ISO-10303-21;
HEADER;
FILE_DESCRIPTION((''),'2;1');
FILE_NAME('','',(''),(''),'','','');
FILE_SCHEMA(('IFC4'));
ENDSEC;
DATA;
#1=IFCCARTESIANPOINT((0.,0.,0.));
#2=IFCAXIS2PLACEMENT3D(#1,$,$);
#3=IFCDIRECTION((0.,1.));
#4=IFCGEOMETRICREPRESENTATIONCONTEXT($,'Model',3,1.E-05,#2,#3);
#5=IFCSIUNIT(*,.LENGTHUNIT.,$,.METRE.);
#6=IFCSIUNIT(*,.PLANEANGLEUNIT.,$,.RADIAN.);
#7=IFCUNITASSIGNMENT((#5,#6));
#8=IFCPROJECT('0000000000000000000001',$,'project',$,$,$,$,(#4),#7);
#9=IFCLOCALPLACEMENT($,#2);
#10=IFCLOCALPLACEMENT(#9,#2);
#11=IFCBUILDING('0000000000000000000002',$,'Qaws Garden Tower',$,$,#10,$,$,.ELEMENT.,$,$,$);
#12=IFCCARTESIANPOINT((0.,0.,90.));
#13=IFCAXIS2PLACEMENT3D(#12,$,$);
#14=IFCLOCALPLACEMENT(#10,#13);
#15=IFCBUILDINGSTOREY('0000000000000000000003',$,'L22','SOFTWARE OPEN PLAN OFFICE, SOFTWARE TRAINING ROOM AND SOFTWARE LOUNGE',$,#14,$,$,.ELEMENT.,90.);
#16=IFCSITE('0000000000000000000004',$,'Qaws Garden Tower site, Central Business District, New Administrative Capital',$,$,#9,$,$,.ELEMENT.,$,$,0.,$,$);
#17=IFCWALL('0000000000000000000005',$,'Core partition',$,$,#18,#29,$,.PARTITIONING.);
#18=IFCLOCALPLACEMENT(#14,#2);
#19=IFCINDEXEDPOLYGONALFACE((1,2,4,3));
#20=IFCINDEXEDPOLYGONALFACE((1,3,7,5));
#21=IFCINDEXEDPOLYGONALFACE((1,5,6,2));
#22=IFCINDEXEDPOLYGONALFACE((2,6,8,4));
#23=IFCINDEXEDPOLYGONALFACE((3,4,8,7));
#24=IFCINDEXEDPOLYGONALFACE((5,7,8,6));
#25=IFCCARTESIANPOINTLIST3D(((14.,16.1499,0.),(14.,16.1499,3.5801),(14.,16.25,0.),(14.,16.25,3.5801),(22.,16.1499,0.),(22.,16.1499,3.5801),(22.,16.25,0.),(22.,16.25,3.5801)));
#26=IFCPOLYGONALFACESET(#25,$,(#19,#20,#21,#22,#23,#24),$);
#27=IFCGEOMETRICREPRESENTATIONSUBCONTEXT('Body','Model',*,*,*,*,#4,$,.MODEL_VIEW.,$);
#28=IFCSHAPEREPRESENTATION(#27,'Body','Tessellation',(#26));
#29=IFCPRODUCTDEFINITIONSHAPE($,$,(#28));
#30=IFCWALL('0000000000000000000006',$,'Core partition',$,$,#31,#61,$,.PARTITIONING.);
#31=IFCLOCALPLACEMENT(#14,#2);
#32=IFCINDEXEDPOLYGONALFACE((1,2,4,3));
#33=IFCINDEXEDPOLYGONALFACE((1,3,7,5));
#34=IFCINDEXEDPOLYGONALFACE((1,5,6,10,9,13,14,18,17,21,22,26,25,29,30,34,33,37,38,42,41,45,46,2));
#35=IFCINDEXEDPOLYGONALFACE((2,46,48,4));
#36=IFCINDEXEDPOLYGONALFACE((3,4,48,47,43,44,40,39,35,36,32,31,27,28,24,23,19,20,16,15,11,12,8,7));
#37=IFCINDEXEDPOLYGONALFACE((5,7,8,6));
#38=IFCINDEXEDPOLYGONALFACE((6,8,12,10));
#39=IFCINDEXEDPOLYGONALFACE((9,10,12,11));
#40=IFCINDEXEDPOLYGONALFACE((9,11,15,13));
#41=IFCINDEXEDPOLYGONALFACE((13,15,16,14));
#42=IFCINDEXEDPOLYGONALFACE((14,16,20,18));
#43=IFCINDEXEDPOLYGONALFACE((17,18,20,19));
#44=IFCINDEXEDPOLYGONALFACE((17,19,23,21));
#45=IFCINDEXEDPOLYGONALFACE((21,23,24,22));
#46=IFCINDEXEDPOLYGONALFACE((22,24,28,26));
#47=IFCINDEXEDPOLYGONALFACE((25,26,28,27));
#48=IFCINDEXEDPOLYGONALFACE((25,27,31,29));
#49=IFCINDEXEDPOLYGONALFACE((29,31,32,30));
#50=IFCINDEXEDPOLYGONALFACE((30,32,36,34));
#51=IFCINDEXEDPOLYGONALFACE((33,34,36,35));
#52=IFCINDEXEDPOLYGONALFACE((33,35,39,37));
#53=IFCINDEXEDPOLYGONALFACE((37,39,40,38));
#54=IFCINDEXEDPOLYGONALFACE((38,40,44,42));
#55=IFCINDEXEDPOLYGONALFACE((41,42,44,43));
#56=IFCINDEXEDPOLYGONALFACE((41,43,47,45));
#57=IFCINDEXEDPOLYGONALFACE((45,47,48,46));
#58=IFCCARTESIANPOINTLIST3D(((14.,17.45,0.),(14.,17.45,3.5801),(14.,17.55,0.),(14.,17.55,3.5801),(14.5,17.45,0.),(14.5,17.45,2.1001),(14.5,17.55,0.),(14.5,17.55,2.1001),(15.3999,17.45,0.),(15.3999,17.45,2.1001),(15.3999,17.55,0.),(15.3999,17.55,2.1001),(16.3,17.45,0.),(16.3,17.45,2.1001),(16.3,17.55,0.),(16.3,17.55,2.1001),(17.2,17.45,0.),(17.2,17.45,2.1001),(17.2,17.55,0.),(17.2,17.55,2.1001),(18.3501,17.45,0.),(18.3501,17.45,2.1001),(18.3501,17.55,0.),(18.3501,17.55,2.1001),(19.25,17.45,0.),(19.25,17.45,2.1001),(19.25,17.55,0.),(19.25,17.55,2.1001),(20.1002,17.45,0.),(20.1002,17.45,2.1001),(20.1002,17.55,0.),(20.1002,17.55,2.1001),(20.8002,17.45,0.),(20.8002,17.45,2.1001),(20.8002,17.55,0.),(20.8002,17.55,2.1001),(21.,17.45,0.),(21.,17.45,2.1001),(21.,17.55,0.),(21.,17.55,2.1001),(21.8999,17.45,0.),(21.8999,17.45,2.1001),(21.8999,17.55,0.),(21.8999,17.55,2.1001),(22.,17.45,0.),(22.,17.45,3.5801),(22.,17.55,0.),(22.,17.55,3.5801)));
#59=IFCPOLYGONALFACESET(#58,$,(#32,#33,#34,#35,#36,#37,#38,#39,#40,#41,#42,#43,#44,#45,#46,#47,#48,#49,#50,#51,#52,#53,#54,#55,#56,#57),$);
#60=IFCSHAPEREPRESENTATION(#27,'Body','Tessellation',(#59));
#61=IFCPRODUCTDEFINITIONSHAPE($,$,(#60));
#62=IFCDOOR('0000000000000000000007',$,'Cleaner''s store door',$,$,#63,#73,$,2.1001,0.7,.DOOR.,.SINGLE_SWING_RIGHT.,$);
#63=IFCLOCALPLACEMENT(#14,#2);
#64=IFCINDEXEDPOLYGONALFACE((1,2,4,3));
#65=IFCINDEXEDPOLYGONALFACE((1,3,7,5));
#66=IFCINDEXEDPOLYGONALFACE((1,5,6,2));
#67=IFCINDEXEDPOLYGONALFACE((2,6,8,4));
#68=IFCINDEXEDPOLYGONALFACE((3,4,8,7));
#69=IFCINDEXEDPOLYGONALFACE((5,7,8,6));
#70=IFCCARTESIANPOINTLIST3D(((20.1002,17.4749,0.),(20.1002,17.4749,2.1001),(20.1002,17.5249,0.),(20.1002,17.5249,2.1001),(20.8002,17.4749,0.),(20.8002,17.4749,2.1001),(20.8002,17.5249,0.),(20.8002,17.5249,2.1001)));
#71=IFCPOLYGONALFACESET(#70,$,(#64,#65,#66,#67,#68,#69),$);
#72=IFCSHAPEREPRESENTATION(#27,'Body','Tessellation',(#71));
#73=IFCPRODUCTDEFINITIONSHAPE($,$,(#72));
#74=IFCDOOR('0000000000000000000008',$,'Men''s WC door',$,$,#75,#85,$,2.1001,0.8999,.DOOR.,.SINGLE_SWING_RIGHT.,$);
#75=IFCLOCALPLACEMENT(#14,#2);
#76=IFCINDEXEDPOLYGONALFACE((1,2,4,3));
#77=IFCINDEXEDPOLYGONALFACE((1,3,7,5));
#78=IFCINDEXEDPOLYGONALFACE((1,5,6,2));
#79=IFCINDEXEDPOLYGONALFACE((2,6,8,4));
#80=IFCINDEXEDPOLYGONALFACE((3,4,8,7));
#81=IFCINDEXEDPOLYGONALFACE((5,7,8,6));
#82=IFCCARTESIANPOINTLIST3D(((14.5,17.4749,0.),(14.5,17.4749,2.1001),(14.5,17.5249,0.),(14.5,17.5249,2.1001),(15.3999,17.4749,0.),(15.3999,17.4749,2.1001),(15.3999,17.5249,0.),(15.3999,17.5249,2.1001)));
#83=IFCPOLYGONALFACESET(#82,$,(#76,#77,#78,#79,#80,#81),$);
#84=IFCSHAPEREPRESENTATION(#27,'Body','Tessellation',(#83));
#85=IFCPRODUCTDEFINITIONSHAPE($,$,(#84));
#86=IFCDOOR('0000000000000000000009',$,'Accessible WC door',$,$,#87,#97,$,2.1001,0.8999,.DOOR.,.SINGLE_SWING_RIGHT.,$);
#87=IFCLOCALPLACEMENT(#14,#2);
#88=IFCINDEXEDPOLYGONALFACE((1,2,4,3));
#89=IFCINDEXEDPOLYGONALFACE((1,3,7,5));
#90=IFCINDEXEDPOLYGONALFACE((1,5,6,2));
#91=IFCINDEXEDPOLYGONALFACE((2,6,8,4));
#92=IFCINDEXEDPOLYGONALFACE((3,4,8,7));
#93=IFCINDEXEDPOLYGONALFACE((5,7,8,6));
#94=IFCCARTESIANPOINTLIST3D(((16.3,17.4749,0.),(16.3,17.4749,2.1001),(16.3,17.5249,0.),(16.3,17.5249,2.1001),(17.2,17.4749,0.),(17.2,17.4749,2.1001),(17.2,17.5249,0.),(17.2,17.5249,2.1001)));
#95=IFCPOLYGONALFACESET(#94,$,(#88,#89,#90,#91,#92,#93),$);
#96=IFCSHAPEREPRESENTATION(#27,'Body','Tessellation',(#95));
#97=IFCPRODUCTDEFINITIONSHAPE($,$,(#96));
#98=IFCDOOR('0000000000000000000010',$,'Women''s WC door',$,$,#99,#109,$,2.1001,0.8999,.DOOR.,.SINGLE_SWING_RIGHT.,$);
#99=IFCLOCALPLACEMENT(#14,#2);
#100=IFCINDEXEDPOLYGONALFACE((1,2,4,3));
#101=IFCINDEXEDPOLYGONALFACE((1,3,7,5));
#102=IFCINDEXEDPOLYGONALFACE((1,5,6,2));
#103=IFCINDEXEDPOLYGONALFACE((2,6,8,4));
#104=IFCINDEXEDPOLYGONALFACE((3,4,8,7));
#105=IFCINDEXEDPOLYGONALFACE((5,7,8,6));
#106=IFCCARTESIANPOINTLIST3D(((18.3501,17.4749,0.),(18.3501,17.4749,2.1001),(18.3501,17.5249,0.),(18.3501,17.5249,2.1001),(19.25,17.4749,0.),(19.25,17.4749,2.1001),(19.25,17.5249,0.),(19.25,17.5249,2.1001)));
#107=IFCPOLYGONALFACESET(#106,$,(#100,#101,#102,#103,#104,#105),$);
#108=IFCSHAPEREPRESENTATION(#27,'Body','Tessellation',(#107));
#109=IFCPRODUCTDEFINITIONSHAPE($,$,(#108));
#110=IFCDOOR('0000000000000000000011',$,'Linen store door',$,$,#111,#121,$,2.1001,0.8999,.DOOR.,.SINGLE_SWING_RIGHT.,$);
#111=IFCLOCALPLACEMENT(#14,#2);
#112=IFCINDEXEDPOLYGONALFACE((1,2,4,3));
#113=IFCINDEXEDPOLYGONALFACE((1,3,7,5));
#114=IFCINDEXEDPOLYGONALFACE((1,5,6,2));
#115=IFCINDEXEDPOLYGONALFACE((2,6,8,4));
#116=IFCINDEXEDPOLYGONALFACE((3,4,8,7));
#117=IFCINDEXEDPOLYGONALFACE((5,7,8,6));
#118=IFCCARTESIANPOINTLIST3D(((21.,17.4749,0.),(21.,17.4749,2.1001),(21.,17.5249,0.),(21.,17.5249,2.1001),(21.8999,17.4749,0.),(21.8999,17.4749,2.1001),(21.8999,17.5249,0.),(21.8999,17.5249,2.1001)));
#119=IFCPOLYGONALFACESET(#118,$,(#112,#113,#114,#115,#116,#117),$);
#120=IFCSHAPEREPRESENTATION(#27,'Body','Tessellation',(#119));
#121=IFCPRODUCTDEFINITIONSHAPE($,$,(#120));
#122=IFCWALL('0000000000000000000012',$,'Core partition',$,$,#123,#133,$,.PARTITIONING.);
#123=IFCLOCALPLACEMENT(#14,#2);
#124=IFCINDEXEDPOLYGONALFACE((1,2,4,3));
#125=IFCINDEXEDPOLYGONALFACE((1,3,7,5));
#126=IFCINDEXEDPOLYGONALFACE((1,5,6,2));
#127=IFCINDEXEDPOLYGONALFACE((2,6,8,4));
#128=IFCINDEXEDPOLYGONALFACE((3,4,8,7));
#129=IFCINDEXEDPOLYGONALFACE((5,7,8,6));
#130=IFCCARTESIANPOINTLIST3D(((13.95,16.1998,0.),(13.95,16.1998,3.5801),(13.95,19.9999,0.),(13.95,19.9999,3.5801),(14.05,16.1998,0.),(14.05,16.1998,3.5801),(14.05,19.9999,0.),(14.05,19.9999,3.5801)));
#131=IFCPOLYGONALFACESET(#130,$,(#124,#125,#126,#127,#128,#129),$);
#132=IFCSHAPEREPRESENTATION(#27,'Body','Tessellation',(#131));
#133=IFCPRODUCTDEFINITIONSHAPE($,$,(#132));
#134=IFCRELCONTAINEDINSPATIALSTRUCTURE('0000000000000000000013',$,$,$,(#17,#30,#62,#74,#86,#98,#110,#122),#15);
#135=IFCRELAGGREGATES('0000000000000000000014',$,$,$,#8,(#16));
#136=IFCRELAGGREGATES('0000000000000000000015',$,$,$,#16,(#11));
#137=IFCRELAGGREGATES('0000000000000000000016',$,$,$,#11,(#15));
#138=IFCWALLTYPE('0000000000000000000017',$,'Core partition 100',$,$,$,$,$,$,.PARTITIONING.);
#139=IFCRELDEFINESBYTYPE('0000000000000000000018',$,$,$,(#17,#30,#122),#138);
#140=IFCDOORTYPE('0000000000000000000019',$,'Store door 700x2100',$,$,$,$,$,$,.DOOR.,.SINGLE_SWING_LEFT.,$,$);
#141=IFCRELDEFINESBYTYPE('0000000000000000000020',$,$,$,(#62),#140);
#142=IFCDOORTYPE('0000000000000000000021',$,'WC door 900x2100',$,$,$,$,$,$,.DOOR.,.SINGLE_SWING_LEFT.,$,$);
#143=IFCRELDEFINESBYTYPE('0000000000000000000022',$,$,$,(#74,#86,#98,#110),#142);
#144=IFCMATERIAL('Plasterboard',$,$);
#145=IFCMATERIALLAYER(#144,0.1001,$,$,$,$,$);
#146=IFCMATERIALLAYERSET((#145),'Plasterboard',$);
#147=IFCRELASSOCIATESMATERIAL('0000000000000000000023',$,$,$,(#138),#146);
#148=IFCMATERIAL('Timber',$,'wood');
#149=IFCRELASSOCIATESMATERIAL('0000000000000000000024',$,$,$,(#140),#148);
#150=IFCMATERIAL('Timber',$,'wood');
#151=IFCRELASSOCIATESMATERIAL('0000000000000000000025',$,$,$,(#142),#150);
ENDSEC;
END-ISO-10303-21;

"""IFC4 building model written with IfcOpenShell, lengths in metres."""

from ifc_helpers import new_model, si_unit, direction, frame, frame_2d, origin, place, context, subcontext, project, spatial, rectangle, extrude, material, layer, layer_set, type_object, element, fill, save


model = new_model("IFC4")

# Units and contexts
model_context = context("Model", 3, precision=1e-05, world=origin(), true_north=direction((0.0, 1.0)))
body_context = subcontext(model_context, "Body", "Model", "MODEL_VIEW")
ifc_project = project(units=[si_unit("LENGTHUNIT", "METRE"), si_unit("PLANEANGLEUNIT", "RADIAN")], contexts=[model_context])

# Site, building, storey
site_placement = place(None, origin())
site = spatial("IfcSite", under=ifc_project, at=site_placement, Name="Qaws Garden Tower site, Central Business District, New Administrative Capital", CompositionType="ELEMENT", RefElevation=0.0)
building_placement = place(site_placement, origin())
building = spatial("IfcBuilding", under=site, at=building_placement, Name="Qaws Garden Tower", CompositionType="ELEMENT")
storey_placement = place(building_placement, frame((0.0, 0.0, 90.0)))
storey = spatial("IfcBuildingStorey", under=building, at=storey_placement, Name="L22", Description="SOFTWARE OPEN PLAN OFFICE, SOFTWARE TRAINING ROOM AND SOFTWARE LOUNGE", CompositionType="ELEMENT", Elevation=90.0)

# Wall
ifc_material_1 = material(Name="Plasterboard")
ifc_layer_1 = layer(ifc_material_1, 0.1001)
ifc_layer_set_1 = layer_set([ifc_layer_1], Name="Plasterboard")
wall_type_1 = type_object("IfcWallType", Name="Core partition 100", PredefinedType="PARTITIONING", material=ifc_layer_set_1)
wall_1_placement = place(storey_placement, frame((14.0, 16.2, 0.0), z_axis=(0.0, 0.0, 1.0), x_axis=(1.0, 0.0, 0.0)))
element("IfcWall", 1, at=wall_1_placement, inside=storey, type_object=wall_type_1, Name="Core partition", PredefinedType="PARTITIONING", context=body_context, shape_type="SweptSolid", body=[
    extrude(rectangle(XDim=8.0, YDim=0.1001, at=frame_2d((4.0, 0.0))), origin(), (0.0, 0.0, 1.0), 3.5801),
])

# Wall, openings, doors
wall_2_placement = place(storey_placement, frame((14.0, 17.5, 0.0), z_axis=(0.0, 0.0, 1.0), x_axis=(1.0, 0.0, 0.0)))
wall_2 = element("IfcWall", 2, at=wall_2_placement, inside=storey, type_object=wall_type_1, Name="Core partition", PredefinedType="PARTITIONING", context=body_context, shape_type="SweptSolid", body=[
    extrude(rectangle(XDim=8.0, YDim=0.1001, at=frame_2d((4.0, 0.0))), origin(), (0.0, 0.0, 1.0), 3.5801),
])
opening_1_placement = place(wall_2_placement, frame((0.5, 0.0, 0.0)))
opening_1 = element("IfcOpeningElement", 3, at=opening_1_placement, cuts=wall_2, PredefinedType="OPENING", context=body_context, shape_type="SweptSolid", body=[
    extrude(rectangle(XDim=0.8999, YDim=2.1001, at=frame_2d((0.45, 1.05))), frame((0.0, 0.0601, 0.0), z_axis=(0.0, -1.0, 0.0), x_axis=(1.0, 0.0, 0.0)), (0.0, 0.0, 1.0), 0.1201),
])
opening_2_placement = place(wall_2_placement, frame((2.3, 0.0, 0.0)))
opening_2 = element("IfcOpeningElement", 4, at=opening_2_placement, cuts=wall_2, PredefinedType="OPENING", context=body_context, shape_type="SweptSolid", body=[
    extrude(rectangle(XDim=0.8999, YDim=2.1001, at=frame_2d((0.45, 1.05))), frame((0.0, 0.0601, 0.0), z_axis=(0.0, -1.0, 0.0), x_axis=(1.0, 0.0, 0.0)), (0.0, 0.0, 1.0), 0.1201),
])
opening_3_placement = place(wall_2_placement, frame((4.3501, 0.0, 0.0)))
opening_3 = element("IfcOpeningElement", 5, at=opening_3_placement, cuts=wall_2, PredefinedType="OPENING", context=body_context, shape_type="SweptSolid", body=[
    extrude(rectangle(XDim=0.8999, YDim=2.1001, at=frame_2d((0.45, 1.05))), frame((0.0, 0.0601, 0.0), z_axis=(0.0, -1.0, 0.0), x_axis=(1.0, 0.0, 0.0)), (0.0, 0.0, 1.0), 0.1201),
])
opening_4_placement = place(wall_2_placement, frame((6.1001, 0.0, 0.0)))
opening_4 = element("IfcOpeningElement", 6, at=opening_4_placement, cuts=wall_2, PredefinedType="OPENING", context=body_context, shape_type="SweptSolid", body=[
    extrude(rectangle(XDim=0.7, YDim=2.1001, at=frame_2d((0.3501, 1.05))), frame((0.0, 0.0601, 0.0), z_axis=(0.0, -1.0, 0.0), x_axis=(1.0, 0.0, 0.0)), (0.0, 0.0, 1.0), 0.1201),
])
opening_5_placement = place(wall_2_placement, frame((7.0, 0.0, 0.0)))
opening_5 = element("IfcOpeningElement", 7, at=opening_5_placement, cuts=wall_2, PredefinedType="OPENING", context=body_context, shape_type="SweptSolid", body=[
    extrude(rectangle(XDim=0.8999, YDim=2.1001, at=frame_2d((0.45, 1.05))), frame((0.0, 0.0601, 0.0), z_axis=(0.0, -1.0, 0.0), x_axis=(1.0, 0.0, 0.0)), (0.0, 0.0, 1.0), 0.1201),
])
ifc_material_2 = material(Name="Timber", Category="wood")
door_type_1 = type_object("IfcDoorType", Name="Store door 700x2100", OperationType="SINGLE_SWING_LEFT", PredefinedType="DOOR", material=ifc_material_2)
door_1_placement = place(opening_4_placement, origin())
door_1 = element("IfcDoor", 8, at=door_1_placement, inside=storey, type_object=door_type_1, Name="Cleaner's store door", OperationType="SINGLE_SWING_RIGHT", OverallHeight=2.1001, OverallWidth=0.7, PredefinedType="DOOR", context=body_context, shape_type="SweptSolid", body=[
    extrude(rectangle(XDim=0.7, YDim=2.1001, at=frame_2d((0.3501, 1.05))), frame((0.0, 0.0249, 0.0), z_axis=(0.0, -1.0, 0.0), x_axis=(1.0, 0.0, 0.0)), (0.0, 0.0, 1.0), 0.05),
])
fill(opening_4, door_1)
ifc_material_3 = material(Name="Timber", Category="wood")
door_type_2 = type_object("IfcDoorType", Name="WC door 900x2100", OperationType="SINGLE_SWING_LEFT", PredefinedType="DOOR", material=ifc_material_3)
door_2_placement = place(opening_1_placement, origin())
door_2 = element("IfcDoor", 9, at=door_2_placement, inside=storey, type_object=door_type_2, Name="Men's WC door", OperationType="SINGLE_SWING_RIGHT", OverallHeight=2.1001, OverallWidth=0.8999, PredefinedType="DOOR", context=body_context, shape_type="SweptSolid", body=[
    extrude(rectangle(XDim=0.8999, YDim=2.1001, at=frame_2d((0.45, 1.05))), frame((0.0, 0.0249, 0.0), z_axis=(0.0, -1.0, 0.0), x_axis=(1.0, 0.0, 0.0)), (0.0, 0.0, 1.0), 0.05),
])
fill(opening_1, door_2)
door_3_placement = place(opening_2_placement, origin())
door_3 = element("IfcDoor", 10, at=door_3_placement, inside=storey, type_object=door_type_2, Name="Accessible WC door", OperationType="SINGLE_SWING_RIGHT", OverallHeight=2.1001, OverallWidth=0.8999, PredefinedType="DOOR", context=body_context, shape_type="SweptSolid", body=[
    extrude(rectangle(XDim=0.8999, YDim=2.1001, at=frame_2d((0.45, 1.05))), frame((0.0, 0.0249, 0.0), z_axis=(0.0, -1.0, 0.0), x_axis=(1.0, 0.0, 0.0)), (0.0, 0.0, 1.0), 0.05),
])
fill(opening_2, door_3)
door_4_placement = place(opening_3_placement, origin())
door_4 = element("IfcDoor", 11, at=door_4_placement, inside=storey, type_object=door_type_2, Name="Women's WC door", OperationType="SINGLE_SWING_RIGHT", OverallHeight=2.1001, OverallWidth=0.8999, PredefinedType="DOOR", context=body_context, shape_type="SweptSolid", body=[
    extrude(rectangle(XDim=0.8999, YDim=2.1001, at=frame_2d((0.45, 1.05))), frame((0.0, 0.0249, 0.0), z_axis=(0.0, -1.0, 0.0), x_axis=(1.0, 0.0, 0.0)), (0.0, 0.0, 1.0), 0.05),
])
fill(opening_3, door_4)
door_5_placement = place(opening_5_placement, origin())
door_5 = element("IfcDoor", 12, at=door_5_placement, inside=storey, type_object=door_type_2, Name="Linen store door", OperationType="SINGLE_SWING_RIGHT", OverallHeight=2.1001, OverallWidth=0.8999, PredefinedType="DOOR", context=body_context, shape_type="SweptSolid", body=[
    extrude(rectangle(XDim=0.8999, YDim=2.1001, at=frame_2d((0.45, 1.05))), frame((0.0, 0.0249, 0.0), z_axis=(0.0, -1.0, 0.0), x_axis=(1.0, 0.0, 0.0)), (0.0, 0.0, 1.0), 0.05),
])
fill(opening_5, door_5)

# Wall
wall_3_placement = place(storey_placement, frame((14.0, 16.2, 0.0), z_axis=(0.0, 0.0, 1.0), x_axis=(0.0, 1.0, 0.0)))
element("IfcWall", 13, at=wall_3_placement, inside=storey, type_object=wall_type_1, Name="Core partition", PredefinedType="PARTITIONING", context=body_context, shape_type="SweptSolid", body=[
    extrude(rectangle(XDim=3.8, YDim=0.1001, at=frame_2d((1.8999, 0.0))), origin(), (0.0, 0.0, 1.0), 3.5801),
])

save(model, "model.ifc")
